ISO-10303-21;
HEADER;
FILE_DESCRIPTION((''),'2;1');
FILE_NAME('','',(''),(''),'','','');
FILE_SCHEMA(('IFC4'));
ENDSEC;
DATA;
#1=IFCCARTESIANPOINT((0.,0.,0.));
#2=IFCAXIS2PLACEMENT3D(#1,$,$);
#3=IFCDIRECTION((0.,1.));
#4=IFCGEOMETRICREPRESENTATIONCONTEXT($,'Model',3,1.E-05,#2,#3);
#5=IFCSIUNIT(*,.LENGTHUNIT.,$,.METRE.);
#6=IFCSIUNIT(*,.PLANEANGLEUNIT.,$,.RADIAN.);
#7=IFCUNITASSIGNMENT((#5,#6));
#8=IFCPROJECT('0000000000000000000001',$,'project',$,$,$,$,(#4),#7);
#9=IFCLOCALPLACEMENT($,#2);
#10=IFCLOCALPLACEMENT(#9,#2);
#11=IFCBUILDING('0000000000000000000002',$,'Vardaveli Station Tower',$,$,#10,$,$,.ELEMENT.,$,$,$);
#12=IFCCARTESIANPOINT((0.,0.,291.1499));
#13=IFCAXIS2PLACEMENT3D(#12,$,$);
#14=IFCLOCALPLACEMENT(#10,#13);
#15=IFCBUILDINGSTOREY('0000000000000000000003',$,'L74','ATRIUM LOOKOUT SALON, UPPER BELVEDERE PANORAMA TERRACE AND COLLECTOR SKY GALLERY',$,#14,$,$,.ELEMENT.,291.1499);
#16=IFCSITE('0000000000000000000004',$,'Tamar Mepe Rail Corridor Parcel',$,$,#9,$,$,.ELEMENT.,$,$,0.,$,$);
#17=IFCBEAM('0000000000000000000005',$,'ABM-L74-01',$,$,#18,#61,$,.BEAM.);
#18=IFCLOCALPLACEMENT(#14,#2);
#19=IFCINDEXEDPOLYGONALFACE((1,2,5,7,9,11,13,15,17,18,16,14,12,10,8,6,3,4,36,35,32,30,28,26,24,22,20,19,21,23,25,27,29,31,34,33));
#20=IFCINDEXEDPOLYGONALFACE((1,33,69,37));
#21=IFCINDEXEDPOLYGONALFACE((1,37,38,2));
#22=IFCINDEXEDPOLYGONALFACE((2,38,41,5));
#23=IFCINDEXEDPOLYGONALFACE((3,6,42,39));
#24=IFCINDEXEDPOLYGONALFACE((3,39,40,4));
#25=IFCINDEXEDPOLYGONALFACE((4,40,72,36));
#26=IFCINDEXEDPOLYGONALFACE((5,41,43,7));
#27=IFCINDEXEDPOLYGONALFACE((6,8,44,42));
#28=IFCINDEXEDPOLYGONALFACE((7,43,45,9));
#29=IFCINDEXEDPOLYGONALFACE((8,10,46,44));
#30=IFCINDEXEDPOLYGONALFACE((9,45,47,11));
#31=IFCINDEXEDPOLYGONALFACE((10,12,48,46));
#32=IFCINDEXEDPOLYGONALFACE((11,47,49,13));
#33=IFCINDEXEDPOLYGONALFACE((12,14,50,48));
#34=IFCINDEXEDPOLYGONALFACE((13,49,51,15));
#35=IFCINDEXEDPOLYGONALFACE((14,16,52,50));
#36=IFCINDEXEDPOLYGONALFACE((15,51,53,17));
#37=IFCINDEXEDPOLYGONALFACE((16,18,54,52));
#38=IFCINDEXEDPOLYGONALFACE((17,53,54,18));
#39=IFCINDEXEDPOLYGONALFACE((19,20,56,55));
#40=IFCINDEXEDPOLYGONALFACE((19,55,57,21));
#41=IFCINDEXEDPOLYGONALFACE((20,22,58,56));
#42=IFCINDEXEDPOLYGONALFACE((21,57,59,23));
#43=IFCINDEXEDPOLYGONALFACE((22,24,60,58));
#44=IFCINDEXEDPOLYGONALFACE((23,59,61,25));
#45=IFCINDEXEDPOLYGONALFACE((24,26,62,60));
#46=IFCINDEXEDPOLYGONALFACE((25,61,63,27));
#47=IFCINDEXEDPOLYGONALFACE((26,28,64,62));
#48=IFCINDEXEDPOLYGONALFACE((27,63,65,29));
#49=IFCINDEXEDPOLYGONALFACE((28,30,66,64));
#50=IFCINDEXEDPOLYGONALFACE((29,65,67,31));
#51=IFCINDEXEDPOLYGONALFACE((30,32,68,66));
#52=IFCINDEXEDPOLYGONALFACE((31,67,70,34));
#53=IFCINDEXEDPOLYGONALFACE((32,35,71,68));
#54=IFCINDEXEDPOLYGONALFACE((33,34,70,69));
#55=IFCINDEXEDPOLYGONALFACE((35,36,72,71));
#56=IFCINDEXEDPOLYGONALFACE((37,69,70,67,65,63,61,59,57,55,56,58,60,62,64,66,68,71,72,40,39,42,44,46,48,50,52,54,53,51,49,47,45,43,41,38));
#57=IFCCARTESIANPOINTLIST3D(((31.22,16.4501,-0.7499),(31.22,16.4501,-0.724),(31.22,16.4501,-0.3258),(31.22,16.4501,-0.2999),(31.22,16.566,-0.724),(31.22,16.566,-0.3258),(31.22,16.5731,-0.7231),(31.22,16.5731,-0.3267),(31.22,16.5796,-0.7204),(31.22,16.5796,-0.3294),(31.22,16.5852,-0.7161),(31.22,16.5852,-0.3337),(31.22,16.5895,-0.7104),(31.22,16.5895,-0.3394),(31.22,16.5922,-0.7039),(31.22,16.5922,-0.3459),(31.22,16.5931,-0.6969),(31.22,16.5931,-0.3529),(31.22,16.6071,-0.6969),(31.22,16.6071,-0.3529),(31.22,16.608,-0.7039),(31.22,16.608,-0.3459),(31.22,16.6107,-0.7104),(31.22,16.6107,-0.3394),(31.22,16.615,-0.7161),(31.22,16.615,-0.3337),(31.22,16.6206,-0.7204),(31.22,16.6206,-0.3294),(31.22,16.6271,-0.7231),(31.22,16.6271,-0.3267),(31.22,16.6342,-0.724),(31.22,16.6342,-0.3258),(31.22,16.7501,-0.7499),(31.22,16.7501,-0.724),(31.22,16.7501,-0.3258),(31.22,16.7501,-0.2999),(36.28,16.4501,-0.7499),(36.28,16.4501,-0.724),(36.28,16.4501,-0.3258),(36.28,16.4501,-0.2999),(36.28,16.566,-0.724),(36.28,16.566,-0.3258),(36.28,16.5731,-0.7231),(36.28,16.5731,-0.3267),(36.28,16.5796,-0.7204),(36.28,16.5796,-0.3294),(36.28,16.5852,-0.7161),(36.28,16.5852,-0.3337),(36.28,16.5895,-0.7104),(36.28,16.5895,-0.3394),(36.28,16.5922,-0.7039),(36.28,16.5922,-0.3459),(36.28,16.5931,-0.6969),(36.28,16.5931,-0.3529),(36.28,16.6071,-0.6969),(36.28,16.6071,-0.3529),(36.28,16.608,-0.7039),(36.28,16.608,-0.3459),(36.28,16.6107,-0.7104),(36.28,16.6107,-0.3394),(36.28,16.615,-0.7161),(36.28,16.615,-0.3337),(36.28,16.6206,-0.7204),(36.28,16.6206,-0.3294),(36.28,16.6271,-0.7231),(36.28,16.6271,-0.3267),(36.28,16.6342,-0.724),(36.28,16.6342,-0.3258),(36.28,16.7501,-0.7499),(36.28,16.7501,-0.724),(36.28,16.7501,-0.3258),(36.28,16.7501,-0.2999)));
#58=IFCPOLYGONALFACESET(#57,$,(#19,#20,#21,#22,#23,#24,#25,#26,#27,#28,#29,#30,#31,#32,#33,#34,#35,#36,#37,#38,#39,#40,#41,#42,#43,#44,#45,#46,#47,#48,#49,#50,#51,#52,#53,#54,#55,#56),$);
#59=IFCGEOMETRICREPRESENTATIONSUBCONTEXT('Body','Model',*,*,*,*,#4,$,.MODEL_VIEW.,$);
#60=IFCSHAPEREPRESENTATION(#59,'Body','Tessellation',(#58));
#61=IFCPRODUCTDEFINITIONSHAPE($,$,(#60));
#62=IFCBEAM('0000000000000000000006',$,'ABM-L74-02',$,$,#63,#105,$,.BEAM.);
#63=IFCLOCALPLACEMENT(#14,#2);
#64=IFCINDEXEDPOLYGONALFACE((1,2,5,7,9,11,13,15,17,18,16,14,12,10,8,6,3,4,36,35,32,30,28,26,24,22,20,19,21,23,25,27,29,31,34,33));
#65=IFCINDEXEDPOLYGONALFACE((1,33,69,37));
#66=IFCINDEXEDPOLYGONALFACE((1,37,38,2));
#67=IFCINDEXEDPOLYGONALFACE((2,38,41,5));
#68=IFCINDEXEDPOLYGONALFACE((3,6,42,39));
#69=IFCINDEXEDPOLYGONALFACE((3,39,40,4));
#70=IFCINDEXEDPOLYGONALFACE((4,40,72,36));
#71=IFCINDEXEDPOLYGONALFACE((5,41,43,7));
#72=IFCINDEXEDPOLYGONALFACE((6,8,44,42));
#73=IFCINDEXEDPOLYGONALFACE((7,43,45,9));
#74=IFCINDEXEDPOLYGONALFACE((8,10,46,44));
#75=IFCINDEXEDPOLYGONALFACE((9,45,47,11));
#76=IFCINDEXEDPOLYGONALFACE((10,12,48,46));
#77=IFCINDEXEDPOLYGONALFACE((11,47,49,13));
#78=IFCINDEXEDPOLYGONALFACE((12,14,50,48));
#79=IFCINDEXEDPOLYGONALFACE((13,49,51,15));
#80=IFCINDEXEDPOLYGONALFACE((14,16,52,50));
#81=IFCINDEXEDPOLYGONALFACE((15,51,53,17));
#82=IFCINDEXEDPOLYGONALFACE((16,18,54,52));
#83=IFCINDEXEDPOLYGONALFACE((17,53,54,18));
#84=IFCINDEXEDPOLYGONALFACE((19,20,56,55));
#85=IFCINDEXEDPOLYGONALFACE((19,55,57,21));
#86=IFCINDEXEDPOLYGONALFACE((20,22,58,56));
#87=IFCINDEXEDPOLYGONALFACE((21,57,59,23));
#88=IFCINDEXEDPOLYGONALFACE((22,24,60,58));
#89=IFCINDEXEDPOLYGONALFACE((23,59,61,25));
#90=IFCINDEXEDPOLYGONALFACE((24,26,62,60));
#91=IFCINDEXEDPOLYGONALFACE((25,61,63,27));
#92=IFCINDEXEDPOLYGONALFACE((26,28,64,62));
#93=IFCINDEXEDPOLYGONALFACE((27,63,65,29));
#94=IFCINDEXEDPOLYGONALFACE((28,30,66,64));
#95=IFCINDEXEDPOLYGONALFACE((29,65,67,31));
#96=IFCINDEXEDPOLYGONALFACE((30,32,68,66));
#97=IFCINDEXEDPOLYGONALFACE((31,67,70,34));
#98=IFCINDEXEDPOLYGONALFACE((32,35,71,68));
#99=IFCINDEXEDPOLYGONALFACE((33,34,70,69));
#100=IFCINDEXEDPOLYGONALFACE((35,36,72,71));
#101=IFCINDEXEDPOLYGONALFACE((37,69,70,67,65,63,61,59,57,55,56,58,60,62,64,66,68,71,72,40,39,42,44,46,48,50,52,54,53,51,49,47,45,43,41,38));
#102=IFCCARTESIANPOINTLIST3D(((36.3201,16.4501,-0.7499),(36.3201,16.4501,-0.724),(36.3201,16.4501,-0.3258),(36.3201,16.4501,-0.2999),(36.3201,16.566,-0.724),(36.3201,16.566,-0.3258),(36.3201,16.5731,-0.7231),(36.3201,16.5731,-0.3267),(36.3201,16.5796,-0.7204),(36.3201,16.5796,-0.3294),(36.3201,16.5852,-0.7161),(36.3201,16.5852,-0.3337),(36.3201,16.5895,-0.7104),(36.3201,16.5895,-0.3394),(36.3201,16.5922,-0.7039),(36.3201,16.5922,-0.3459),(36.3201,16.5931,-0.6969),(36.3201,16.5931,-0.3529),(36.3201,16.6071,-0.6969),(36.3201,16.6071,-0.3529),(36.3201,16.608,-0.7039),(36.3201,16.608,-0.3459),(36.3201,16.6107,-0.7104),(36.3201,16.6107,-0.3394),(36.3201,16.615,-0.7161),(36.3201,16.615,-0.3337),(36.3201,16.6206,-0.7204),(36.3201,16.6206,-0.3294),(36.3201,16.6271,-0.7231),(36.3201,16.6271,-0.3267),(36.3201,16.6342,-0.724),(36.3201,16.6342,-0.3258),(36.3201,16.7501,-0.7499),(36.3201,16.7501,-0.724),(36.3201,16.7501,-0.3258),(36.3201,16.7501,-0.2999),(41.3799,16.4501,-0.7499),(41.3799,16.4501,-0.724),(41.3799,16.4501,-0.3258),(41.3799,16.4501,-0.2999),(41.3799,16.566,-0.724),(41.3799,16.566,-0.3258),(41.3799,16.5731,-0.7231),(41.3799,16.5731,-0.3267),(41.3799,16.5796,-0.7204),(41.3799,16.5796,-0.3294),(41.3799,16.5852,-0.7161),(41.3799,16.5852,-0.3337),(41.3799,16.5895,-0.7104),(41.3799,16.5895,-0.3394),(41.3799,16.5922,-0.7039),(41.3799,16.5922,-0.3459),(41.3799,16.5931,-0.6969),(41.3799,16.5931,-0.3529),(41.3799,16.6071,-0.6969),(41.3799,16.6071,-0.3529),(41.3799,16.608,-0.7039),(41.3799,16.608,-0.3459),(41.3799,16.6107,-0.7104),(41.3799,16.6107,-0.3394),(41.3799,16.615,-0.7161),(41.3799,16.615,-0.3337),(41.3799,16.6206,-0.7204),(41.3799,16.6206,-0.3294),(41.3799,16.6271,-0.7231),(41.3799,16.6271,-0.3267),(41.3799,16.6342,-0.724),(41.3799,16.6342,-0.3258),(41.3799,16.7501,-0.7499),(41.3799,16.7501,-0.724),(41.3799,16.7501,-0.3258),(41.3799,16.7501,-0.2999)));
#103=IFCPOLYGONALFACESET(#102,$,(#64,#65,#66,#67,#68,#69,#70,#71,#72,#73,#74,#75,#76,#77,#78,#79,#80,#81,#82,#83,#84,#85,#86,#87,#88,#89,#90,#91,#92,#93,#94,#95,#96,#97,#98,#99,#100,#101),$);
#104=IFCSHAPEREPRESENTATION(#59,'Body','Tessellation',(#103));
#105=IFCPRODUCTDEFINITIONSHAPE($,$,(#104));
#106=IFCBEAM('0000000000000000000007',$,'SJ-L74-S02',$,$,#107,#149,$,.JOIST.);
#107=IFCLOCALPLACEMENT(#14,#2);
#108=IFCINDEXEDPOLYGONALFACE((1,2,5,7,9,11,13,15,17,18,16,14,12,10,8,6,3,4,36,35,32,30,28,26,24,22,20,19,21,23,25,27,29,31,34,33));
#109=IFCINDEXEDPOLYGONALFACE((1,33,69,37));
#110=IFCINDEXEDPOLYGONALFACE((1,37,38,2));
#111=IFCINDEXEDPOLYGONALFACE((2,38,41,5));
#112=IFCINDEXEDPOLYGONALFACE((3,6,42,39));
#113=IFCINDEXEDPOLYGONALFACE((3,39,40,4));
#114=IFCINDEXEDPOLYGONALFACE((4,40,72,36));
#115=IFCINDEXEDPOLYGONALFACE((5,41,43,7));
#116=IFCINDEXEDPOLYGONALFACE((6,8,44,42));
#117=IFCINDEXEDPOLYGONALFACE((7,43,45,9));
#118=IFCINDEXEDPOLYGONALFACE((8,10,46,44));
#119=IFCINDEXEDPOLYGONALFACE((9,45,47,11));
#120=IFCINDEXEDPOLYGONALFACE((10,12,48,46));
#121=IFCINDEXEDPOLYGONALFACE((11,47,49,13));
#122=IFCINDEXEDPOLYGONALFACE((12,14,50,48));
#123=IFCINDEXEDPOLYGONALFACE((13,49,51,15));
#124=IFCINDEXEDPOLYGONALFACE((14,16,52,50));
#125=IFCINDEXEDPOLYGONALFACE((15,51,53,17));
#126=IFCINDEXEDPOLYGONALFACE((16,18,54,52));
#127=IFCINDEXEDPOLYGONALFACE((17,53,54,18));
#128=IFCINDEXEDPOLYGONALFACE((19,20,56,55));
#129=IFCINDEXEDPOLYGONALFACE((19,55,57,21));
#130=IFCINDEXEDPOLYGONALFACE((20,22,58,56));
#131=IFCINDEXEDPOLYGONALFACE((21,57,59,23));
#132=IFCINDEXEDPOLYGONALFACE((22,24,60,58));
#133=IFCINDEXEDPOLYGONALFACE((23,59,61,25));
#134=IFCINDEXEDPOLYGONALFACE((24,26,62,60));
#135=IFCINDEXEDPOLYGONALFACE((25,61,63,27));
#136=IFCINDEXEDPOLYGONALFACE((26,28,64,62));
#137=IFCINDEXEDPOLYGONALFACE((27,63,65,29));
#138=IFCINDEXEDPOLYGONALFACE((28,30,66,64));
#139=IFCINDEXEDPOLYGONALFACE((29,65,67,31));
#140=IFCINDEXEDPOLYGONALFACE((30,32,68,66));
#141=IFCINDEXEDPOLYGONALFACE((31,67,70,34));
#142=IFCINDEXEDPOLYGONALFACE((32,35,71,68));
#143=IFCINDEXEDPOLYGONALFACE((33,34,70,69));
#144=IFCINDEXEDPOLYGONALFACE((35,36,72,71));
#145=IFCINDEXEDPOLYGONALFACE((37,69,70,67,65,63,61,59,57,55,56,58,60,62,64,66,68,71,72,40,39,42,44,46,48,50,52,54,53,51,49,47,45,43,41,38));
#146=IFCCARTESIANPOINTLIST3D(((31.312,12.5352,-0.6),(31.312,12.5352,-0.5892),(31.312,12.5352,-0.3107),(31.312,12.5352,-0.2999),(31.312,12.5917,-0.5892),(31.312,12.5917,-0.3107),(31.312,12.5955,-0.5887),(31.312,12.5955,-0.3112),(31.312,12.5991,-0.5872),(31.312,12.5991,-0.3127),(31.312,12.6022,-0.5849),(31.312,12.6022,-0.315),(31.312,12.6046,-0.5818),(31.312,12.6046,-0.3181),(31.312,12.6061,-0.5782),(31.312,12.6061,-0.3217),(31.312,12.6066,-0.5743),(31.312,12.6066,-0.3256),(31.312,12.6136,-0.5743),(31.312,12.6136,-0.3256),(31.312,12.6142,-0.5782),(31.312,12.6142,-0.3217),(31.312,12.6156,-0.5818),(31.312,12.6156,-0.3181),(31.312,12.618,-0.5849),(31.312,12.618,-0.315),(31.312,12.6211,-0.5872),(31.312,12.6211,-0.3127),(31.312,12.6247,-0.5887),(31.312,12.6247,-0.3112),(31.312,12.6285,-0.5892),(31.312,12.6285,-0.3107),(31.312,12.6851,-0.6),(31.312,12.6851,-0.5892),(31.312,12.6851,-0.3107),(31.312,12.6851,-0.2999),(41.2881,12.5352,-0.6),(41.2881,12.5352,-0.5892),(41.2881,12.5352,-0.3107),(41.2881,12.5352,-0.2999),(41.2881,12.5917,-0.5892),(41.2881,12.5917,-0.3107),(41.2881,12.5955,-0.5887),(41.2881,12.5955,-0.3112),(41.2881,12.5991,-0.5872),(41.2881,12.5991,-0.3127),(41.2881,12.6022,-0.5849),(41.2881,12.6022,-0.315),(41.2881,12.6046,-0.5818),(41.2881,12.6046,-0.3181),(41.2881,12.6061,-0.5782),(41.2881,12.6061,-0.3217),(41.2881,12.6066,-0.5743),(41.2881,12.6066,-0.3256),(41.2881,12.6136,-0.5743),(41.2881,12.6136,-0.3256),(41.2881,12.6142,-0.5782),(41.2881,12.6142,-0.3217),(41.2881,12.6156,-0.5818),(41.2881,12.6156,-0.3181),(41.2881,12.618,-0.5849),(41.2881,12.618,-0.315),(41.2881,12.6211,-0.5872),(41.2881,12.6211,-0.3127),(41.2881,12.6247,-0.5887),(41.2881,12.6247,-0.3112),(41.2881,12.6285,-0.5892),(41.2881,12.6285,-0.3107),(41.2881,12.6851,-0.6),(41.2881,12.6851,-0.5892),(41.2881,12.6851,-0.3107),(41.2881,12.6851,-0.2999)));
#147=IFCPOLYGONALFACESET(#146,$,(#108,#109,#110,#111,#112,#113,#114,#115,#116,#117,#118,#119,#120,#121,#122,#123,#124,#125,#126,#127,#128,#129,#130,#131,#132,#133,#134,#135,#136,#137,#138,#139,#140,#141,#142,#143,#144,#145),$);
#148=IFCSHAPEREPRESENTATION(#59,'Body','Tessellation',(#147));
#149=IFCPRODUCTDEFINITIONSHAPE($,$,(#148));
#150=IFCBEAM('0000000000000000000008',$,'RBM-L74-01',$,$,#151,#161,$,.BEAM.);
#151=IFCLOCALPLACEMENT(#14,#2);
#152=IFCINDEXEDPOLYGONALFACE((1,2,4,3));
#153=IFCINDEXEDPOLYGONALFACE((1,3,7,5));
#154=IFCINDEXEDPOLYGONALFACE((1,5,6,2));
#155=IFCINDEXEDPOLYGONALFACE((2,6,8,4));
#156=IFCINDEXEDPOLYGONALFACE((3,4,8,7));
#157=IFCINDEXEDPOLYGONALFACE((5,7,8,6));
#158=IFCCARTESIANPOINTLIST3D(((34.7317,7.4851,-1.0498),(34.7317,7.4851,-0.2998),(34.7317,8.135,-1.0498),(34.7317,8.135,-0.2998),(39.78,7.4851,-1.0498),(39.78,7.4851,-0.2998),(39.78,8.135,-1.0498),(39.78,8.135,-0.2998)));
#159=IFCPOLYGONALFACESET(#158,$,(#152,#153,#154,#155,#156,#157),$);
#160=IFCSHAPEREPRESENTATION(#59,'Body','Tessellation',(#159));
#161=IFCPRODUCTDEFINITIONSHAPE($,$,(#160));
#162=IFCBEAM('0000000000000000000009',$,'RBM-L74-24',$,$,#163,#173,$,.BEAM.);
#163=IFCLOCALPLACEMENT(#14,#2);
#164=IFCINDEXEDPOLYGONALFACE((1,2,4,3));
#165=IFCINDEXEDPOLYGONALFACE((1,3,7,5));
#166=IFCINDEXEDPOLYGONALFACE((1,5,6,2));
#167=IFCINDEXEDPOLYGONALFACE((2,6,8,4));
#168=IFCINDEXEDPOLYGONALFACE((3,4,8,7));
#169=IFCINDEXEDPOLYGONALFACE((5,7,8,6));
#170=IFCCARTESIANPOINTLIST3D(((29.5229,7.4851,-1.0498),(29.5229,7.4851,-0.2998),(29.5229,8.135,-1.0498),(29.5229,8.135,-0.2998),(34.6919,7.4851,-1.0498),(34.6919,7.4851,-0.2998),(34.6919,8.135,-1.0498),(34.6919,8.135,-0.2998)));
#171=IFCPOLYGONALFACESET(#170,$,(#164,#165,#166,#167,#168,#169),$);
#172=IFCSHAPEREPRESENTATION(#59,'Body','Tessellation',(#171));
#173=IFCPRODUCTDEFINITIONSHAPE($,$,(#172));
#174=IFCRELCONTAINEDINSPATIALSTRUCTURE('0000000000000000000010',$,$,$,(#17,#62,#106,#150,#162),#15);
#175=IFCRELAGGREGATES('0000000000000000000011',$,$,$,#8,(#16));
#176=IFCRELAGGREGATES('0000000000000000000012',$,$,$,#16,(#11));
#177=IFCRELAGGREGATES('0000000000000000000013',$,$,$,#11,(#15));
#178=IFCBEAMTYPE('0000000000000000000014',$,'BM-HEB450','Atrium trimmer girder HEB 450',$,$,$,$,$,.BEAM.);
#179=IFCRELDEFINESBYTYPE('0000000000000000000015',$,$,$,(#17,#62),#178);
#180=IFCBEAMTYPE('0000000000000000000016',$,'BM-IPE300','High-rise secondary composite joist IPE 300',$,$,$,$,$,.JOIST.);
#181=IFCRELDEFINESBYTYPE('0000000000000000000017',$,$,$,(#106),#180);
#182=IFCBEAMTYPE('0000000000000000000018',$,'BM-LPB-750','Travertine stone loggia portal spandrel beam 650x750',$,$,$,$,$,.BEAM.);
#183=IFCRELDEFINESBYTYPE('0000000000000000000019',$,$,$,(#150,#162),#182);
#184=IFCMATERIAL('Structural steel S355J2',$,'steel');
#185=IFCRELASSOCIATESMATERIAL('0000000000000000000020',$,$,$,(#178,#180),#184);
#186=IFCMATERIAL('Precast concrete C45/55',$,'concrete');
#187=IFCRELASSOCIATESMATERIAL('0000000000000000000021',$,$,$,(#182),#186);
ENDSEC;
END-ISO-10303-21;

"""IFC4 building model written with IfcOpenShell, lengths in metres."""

from ifc_helpers import new_model, si_unit, direction, frame, origin, origin_2d, place, context, subcontext, project, spatial, rectangle, i_section, extrude, source, transform, mapped, material, material_profile, profile_set, type_object, element, save


model = new_model("IFC4")

# Units and contexts
model_context = context("Model", 3, precision=1e-05, world=origin(), true_north=direction((0.0, 1.0)))
body_context = subcontext(model_context, "Body", "Model", "MODEL_VIEW")
ifc_project = project(units=[si_unit("LENGTHUNIT", "METRE"), si_unit("PLANEANGLEUNIT", "RADIAN")], contexts=[model_context])

# Site, building, storey
site_placement = place(None, origin())
site = spatial("IfcSite", under=ifc_project, at=site_placement, Name="Tamar Mepe Rail Corridor Parcel", CompositionType="ELEMENT", RefElevation=0.0)
building_placement = place(site_placement, origin())
building = spatial("IfcBuilding", under=site, at=building_placement, Name="Vardaveli Station Tower", CompositionType="ELEMENT")
storey_placement = place(building_placement, frame((0.0, 0.0, 291.1499)))
storey = spatial("IfcBuildingStorey", under=building, at=storey_placement, Name="L74", Description="ATRIUM LOOKOUT SALON, UPPER BELVEDERE PANORAMA TERRACE AND COLLECTOR SKY GALLERY", CompositionType="ELEMENT", Elevation=291.1499)

# Shared definitions
ifc_material_1 = material(Name="Structural steel S355J2", Category="steel")

# Beams
ifc_material_profile_1 = material_profile(ifc_material_1, i_section(OverallWidth=0.3, OverallDepth=0.45, WebThickness=0.0139, FlangeThickness=0.0259, FilletRadius=0.0271, at=origin_2d()), Name="HEB 450")
ifc_profile_set_1 = profile_set([ifc_material_profile_1], Name="Structural steel S355J2")
beam_type_1 = type_object("IfcBeamType", Name="BM-HEB450", Description="Atrium trimmer girder HEB 450", PredefinedType="BEAM", material=ifc_profile_set_1)
shared_shape_1 = source(origin(), body_context, "Body", "SweptSolid", [
    extrude(i_section(OverallWidth=0.3, OverallDepth=0.45, WebThickness=0.0139, FlangeThickness=0.0259, FilletRadius=0.0271, at=origin_2d()), origin(), (0.0, 0.0, 1.0), 5.0601),
])
beam_1_placement = place(storey_placement, frame((31.22, 16.6001, -0.5249), z_axis=(1.0, 0.0, 0.0), x_axis=(0.0, 1.0, 0.0)))
element("IfcBeam", 1, at=beam_1_placement, inside=storey, type_object=beam_type_1, Name="ABM-L74-01", PredefinedType="BEAM", context=body_context, shape_type="MappedRepresentation", body=[
    mapped(shared_shape_1, transform((0.0, 0.0, 0.0), scale=1.0)),
])
shared_shape_2 = source(origin(), body_context, "Body", "SweptSolid", [
    extrude(i_section(OverallWidth=0.3, OverallDepth=0.45, WebThickness=0.0139, FlangeThickness=0.0259, FilletRadius=0.0271, at=origin_2d()), origin(), (0.0, 0.0, 1.0), 5.0598),
])
beam_2_placement = place(storey_placement, frame((36.3201, 16.6001, -0.5249), z_axis=(1.0, 0.0, 0.0), x_axis=(0.0, 1.0, 0.0)))
element("IfcBeam", 2, at=beam_2_placement, inside=storey, type_object=beam_type_1, Name="ABM-L74-02", PredefinedType="BEAM", context=body_context, shape_type="MappedRepresentation", body=[
    mapped(shared_shape_2, transform((0.0, 0.0, 0.0), scale=1.0)),
])
ifc_material_profile_2 = material_profile(ifc_material_1, i_section(OverallWidth=0.1499, OverallDepth=0.3, WebThickness=0.0071, FlangeThickness=0.0107, FilletRadius=0.0149, at=origin_2d()), Name="IPE 300")
ifc_profile_set_2 = profile_set([ifc_material_profile_2], Name="Structural steel S355J2")
beam_type_2 = type_object("IfcBeamType", Name="BM-IPE300", Description="High-rise secondary composite joist IPE 300", PredefinedType="JOIST", material=ifc_profile_set_2)
shared_shape_3 = source(origin(), body_context, "Body", "SweptSolid", [
    extrude(i_section(OverallWidth=0.1499, OverallDepth=0.3, WebThickness=0.0071, FlangeThickness=0.0107, FilletRadius=0.0149, at=origin_2d()), origin(), (0.0, 0.0, 1.0), 9.9761),
])
beam_3_placement = place(storey_placement, frame((31.312, 12.6101, -0.45), z_axis=(1.0, 0.0, 0.0), x_axis=(0.0, 1.0, 0.0)))
element("IfcBeam", 3, at=beam_3_placement, inside=storey, type_object=beam_type_2, Name="SJ-L74-S02", PredefinedType="JOIST", context=body_context, shape_type="MappedRepresentation", body=[
    mapped(shared_shape_3, transform((0.0, 0.0, 0.0), scale=1.0)),
])
ifc_material_2 = material(Name="Precast concrete C45/55", Category="concrete")
ifc_material_profile_3 = material_profile(ifc_material_2, rectangle(XDim=0.6499, YDim=0.75, at=origin_2d()), Name="LPB 650x750")
ifc_profile_set_3 = profile_set([ifc_material_profile_3], Name="Precast concrete C45/55")
beam_type_3 = type_object("IfcBeamType", Name="BM-LPB-750", Description="Travertine stone loggia portal spandrel beam 650x750", PredefinedType="BEAM", material=ifc_profile_set_3)
shared_shape_4 = source(origin(), body_context, "Body", "SweptSolid", [
    extrude(rectangle(XDim=0.6499, YDim=0.75, at=origin_2d()), origin(), (0.0, 0.0, 1.0), 5.0483),
])
beam_4_placement = place(storey_placement, frame((34.7317, 7.8101, -0.6748), z_axis=(1.0, 0.0, 0.0), x_axis=(0.0, 1.0, 0.0)))
element("IfcBeam", 4, at=beam_4_placement, inside=storey, type_object=beam_type_3, Name="RBM-L74-01", PredefinedType="BEAM", context=body_context, shape_type="MappedRepresentation", body=[
    mapped(shared_shape_4, transform((0.0, 0.0, 0.0), scale=1.0)),
])
shared_shape_5 = source(origin(), body_context, "Body", "SweptSolid", [
    extrude(rectangle(XDim=0.6499, YDim=0.75, at=origin_2d()), origin(), (0.0, 0.0, 1.0), 5.1689),
])
beam_5_placement = place(storey_placement, frame((29.5229, 7.8101, -0.6748), z_axis=(1.0, 0.0, 0.0), x_axis=(0.0, 1.0, 0.0)))
element("IfcBeam", 5, at=beam_5_placement, inside=storey, type_object=beam_type_3, Name="RBM-L74-24", PredefinedType="BEAM", context=body_context, shape_type="MappedRepresentation", body=[
    mapped(shared_shape_5, transform((0.0, 0.0, 0.0), scale=1.0)),
])

save(model, "model.ifc")
